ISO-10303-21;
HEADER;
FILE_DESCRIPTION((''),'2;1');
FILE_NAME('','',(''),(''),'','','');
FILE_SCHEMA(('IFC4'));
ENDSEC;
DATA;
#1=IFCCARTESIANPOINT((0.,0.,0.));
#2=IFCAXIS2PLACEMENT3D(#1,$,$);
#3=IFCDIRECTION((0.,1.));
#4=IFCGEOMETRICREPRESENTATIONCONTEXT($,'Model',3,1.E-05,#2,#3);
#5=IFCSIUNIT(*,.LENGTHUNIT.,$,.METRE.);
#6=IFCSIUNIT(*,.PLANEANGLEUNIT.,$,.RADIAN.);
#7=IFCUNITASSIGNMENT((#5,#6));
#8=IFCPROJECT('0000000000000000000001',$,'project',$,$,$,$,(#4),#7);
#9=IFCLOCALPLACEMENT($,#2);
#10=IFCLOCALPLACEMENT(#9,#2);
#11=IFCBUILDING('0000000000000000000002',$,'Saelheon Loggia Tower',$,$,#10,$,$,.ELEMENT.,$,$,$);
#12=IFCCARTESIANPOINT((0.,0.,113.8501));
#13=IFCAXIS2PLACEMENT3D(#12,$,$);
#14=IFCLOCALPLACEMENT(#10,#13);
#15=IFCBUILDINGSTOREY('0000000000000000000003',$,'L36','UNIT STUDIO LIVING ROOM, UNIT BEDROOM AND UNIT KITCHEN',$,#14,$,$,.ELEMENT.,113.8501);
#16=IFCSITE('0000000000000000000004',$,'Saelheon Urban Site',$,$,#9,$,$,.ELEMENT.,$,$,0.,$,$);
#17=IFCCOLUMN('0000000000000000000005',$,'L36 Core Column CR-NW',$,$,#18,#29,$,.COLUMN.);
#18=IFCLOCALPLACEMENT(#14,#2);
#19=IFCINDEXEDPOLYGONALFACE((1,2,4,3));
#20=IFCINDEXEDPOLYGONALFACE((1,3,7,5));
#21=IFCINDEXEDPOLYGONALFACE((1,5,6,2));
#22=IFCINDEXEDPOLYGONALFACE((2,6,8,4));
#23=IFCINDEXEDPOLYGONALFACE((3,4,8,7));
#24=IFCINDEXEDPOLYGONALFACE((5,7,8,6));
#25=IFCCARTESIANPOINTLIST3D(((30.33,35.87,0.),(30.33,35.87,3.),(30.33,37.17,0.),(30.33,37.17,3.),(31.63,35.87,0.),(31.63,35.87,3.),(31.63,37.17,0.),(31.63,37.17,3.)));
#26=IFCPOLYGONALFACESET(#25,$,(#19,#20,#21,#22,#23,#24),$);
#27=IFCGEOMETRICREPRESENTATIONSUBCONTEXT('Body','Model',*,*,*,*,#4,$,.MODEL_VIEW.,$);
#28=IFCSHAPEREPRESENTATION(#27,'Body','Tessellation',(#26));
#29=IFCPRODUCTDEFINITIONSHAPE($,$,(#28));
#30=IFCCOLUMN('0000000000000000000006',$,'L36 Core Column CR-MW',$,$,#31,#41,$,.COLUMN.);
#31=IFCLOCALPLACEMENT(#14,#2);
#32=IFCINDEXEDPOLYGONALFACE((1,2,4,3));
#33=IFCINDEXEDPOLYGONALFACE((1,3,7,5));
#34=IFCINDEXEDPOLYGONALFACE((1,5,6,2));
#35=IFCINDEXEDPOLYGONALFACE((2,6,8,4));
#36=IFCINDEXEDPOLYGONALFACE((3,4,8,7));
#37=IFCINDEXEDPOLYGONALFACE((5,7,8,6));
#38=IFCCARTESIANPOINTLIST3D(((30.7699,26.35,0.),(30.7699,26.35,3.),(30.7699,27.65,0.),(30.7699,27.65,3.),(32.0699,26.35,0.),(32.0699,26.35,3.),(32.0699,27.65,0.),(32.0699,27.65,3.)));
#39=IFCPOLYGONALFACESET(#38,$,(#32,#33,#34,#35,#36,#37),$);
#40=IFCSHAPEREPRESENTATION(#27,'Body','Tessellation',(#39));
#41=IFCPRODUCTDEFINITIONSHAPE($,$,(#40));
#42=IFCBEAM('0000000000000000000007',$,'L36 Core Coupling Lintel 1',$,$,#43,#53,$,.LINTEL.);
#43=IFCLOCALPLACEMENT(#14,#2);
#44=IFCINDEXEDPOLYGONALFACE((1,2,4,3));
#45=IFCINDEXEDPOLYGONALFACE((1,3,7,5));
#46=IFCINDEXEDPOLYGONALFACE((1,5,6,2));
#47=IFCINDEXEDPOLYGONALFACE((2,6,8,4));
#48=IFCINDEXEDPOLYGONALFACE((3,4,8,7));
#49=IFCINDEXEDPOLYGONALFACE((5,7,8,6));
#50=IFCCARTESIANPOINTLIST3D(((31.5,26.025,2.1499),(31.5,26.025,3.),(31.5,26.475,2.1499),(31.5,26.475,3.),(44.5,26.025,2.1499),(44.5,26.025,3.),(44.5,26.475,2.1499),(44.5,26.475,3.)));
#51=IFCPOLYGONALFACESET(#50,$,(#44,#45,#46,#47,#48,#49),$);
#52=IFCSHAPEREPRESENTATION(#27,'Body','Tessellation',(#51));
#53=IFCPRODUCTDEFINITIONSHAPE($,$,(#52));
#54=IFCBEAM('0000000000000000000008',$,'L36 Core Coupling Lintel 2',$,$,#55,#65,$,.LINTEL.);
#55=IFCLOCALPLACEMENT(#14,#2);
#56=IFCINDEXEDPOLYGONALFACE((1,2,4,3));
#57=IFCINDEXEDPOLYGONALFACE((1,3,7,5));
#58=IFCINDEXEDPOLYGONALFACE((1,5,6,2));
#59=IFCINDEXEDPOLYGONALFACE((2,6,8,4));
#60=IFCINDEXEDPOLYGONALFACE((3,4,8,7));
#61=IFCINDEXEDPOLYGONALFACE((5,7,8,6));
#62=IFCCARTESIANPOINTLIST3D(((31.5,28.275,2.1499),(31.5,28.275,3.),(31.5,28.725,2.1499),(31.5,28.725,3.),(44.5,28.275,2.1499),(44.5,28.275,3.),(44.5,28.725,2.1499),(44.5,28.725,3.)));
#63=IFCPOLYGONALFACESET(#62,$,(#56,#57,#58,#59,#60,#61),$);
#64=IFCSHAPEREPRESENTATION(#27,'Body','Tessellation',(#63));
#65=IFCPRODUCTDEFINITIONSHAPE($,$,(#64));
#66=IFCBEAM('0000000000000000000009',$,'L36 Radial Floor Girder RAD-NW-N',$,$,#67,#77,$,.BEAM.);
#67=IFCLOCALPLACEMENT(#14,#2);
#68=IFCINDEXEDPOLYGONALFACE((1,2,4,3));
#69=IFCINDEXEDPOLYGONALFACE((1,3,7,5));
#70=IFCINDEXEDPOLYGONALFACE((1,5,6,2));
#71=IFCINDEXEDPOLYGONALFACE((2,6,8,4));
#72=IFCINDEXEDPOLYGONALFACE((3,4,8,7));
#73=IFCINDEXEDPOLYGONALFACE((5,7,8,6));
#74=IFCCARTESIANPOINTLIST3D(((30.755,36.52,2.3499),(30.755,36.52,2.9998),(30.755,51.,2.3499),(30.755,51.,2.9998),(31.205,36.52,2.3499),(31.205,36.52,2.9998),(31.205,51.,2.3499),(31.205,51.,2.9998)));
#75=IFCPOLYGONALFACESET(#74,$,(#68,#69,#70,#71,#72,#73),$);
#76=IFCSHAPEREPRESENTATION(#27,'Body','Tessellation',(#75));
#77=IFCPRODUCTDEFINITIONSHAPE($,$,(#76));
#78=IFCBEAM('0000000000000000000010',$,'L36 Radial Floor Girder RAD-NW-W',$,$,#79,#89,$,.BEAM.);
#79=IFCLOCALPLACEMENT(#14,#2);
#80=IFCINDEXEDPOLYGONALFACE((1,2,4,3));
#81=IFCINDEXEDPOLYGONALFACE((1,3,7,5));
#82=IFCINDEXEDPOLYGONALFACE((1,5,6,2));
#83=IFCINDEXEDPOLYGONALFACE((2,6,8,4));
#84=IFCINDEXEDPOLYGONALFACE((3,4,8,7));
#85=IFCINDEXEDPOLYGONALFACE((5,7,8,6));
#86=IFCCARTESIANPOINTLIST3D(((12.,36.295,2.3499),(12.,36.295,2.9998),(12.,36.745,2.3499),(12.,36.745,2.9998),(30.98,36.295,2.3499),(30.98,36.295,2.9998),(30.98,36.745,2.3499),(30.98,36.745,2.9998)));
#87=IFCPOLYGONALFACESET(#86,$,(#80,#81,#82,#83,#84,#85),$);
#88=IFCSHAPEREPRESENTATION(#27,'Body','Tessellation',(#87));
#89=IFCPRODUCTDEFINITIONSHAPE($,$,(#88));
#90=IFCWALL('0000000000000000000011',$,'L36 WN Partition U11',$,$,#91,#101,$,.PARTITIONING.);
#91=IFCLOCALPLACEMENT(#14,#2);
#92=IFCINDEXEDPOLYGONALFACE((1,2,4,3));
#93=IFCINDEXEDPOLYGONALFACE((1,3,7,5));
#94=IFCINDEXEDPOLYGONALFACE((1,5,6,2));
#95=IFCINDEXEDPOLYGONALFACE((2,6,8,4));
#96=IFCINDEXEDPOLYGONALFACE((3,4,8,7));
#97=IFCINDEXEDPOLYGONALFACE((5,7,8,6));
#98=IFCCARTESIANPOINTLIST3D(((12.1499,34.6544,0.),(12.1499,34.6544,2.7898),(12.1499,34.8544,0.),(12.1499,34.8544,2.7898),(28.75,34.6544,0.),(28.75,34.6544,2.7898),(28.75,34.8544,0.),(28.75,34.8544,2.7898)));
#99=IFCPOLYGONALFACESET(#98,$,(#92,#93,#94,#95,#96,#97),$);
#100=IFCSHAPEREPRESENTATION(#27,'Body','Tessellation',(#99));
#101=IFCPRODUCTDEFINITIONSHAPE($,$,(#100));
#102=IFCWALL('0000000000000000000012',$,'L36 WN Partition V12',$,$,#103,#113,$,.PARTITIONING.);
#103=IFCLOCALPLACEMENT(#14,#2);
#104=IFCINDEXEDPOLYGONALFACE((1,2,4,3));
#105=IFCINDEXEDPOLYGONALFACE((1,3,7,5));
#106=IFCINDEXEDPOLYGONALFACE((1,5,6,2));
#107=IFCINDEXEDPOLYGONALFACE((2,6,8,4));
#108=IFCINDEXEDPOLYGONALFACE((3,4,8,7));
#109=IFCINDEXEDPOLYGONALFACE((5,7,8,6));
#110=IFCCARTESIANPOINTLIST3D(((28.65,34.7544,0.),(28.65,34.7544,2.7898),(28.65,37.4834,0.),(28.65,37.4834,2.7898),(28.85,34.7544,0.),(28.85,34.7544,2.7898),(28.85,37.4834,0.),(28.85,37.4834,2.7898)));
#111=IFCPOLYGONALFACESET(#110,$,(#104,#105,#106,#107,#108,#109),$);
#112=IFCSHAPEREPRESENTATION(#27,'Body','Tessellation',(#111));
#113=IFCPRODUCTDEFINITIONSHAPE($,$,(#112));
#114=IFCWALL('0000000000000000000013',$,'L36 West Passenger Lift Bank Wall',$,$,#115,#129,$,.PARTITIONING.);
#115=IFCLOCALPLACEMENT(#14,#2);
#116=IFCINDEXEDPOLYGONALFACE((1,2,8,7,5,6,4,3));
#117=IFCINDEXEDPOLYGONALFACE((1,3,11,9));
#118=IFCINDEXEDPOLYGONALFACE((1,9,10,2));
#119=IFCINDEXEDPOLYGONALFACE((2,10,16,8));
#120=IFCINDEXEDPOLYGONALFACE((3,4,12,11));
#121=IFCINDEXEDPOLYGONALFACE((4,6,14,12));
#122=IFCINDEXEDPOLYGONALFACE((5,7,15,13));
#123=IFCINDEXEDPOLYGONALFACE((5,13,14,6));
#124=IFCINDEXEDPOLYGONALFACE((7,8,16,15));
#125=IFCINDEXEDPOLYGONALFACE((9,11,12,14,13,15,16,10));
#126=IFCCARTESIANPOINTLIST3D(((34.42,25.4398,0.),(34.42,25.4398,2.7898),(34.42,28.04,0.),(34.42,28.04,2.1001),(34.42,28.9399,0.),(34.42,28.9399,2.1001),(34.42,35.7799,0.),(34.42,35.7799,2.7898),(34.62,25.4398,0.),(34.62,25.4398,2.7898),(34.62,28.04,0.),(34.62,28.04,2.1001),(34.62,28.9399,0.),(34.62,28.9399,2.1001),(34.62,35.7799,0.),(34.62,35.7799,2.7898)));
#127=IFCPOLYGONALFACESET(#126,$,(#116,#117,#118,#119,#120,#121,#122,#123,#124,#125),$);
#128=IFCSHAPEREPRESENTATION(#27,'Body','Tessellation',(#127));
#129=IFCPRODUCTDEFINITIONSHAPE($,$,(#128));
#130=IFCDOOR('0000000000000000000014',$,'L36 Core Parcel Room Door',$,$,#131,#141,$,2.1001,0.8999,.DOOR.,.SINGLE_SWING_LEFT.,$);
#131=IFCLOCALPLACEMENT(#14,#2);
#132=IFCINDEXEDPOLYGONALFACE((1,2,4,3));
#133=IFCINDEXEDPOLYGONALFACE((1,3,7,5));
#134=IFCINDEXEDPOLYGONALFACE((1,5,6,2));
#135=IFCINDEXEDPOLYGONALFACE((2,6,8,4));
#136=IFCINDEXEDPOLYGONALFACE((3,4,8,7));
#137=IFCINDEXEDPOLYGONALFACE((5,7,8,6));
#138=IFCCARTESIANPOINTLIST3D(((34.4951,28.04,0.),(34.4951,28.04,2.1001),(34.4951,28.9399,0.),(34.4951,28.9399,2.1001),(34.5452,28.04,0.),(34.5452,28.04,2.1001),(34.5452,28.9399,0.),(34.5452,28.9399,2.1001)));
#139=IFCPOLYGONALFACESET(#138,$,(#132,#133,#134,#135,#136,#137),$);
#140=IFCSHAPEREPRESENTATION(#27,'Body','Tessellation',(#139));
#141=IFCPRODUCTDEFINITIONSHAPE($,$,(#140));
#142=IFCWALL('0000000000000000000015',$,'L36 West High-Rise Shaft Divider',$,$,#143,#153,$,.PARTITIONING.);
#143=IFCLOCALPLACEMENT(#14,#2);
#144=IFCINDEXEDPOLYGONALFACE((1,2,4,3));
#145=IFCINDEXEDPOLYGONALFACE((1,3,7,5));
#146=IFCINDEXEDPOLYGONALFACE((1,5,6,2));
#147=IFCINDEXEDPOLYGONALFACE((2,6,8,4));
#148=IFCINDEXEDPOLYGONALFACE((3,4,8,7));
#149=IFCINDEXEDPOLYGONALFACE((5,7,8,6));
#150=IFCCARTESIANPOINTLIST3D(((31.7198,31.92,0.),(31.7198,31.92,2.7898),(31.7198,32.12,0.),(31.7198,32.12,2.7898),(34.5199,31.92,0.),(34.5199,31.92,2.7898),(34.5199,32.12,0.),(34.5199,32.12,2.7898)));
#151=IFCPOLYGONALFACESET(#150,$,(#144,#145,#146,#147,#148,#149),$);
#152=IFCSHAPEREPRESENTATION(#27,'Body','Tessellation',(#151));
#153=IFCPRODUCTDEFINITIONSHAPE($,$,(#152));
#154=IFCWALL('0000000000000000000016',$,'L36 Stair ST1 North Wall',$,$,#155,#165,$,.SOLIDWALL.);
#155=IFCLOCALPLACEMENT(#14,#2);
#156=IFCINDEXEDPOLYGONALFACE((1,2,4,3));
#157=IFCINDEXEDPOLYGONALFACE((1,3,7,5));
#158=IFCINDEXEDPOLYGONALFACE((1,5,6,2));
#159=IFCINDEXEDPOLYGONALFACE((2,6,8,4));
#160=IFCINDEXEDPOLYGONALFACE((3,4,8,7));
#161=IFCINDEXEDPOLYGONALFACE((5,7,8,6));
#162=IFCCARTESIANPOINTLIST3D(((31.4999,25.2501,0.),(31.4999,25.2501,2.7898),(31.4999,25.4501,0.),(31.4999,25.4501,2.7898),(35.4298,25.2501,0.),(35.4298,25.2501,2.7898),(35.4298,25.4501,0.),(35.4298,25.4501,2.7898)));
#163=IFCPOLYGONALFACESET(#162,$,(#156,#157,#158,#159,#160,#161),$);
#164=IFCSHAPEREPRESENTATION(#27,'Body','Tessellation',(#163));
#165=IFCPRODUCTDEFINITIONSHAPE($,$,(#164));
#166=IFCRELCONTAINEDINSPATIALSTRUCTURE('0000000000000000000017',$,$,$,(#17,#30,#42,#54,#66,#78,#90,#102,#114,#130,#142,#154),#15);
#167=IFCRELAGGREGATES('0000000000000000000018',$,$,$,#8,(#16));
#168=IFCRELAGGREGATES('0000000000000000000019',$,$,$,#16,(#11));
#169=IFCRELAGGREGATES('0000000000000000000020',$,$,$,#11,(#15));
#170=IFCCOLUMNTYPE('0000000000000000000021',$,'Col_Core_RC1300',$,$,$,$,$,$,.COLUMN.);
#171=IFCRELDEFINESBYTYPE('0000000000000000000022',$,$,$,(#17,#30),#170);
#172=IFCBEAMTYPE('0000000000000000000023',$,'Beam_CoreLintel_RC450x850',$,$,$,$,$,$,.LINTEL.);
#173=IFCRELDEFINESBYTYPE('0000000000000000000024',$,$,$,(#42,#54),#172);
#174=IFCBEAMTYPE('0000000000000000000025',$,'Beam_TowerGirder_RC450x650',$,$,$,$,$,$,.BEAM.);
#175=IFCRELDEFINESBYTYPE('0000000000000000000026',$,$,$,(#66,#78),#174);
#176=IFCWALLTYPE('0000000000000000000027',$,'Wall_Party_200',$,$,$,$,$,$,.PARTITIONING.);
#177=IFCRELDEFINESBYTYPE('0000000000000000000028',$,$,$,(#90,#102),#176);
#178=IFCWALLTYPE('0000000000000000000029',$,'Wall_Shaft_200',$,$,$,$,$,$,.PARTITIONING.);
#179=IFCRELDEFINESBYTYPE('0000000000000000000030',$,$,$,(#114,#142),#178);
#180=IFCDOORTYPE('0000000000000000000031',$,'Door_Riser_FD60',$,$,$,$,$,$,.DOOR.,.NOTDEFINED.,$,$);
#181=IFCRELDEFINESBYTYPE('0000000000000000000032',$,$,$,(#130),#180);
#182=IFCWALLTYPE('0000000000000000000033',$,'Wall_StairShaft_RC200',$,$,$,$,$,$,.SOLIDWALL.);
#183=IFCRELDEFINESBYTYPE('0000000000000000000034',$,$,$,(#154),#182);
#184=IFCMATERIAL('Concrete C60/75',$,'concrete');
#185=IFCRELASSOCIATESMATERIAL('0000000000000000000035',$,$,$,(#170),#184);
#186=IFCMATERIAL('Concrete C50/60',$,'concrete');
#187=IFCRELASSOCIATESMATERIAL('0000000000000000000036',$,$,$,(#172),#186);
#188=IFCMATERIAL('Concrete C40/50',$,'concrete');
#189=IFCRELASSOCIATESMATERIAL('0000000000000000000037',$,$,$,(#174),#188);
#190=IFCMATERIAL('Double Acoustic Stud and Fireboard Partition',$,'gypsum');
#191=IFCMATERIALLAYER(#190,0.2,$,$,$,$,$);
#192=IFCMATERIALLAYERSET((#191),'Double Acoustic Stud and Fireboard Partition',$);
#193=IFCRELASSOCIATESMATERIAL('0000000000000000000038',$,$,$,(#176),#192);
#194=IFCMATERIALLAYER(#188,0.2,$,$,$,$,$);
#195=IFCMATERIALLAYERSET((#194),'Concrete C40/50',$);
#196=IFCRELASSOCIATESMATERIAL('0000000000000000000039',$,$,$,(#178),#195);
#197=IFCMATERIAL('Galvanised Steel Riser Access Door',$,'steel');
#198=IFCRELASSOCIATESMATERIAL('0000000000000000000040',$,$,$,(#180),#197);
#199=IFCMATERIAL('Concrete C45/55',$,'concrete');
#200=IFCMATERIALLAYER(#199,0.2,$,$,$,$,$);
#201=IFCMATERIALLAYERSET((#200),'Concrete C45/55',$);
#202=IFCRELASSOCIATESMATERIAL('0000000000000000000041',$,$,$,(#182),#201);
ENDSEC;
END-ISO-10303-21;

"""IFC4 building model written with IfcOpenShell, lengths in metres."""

from ifc_helpers import new_model, si_unit, direction, frame, frame_2d, origin, origin_2d, place, context, subcontext, project, spatial, rectangle, extrude, source, transform, mapped, material, layer, layer_set, material_profile, profile_set, type_object, element, fill, save


model = new_model("IFC4")

# Units and contexts
model_context = context("Model", 3, precision=1e-05, world=origin(), true_north=direction((0.0, 1.0)))
body_context = subcontext(model_context, "Body", "Model", "MODEL_VIEW")
ifc_project = project(units=[si_unit("LENGTHUNIT", "METRE"), si_unit("PLANEANGLEUNIT", "RADIAN")], contexts=[model_context])

# Site, building, storey
site_placement = place(None, origin())
site = spatial("IfcSite", under=ifc_project, at=site_placement, Name="Saelheon Urban Site", CompositionType="ELEMENT", RefElevation=0.0)
building_placement = place(site_placement, origin())
building = spatial("IfcBuilding", under=site, at=building_placement, Name="Saelheon Loggia Tower", CompositionType="ELEMENT")
storey_placement = place(building_placement, frame((0.0, 0.0, 113.8501)))
storey = spatial("IfcBuildingStorey", under=building, at=storey_placement, Name="L36", Description="UNIT STUDIO LIVING ROOM, UNIT BEDROOM AND UNIT KITCHEN", CompositionType="ELEMENT", Elevation=113.8501)

# Columns
ifc_material_1 = material(Name="Concrete C60/75", Category="concrete")
ifc_material_profile_1 = material_profile(ifc_material_1, rectangle(XDim=1.3, YDim=1.3, at=origin_2d()), Name="RC-1300x1300")
ifc_profile_set_1 = profile_set([ifc_material_profile_1], Name="Concrete C60/75")
column_type = type_object("IfcColumnType", Name="Col_Core_RC1300", PredefinedType="COLUMN", material=ifc_profile_set_1)
shared_shape_1 = source(origin(), body_context, "Body", "SweptSolid", [
    extrude(rectangle(XDim=1.3, YDim=1.3, at=origin_2d()), origin(), (0.0, 0.0, 1.0), 3.0),
])
for number, where, z_axis, x_axis, name in (
    (1, (30.98, 36.52, 0.0), (0.0, 0.0, 1.0), (1.0, 0.0, 0.0), "L36 Core Column CR-NW"),
    (2, (31.4199, 27.0, 0.0), (0.0, 0.0, 1.0), (1.0, 0.0, 0.0), "L36 Core Column CR-MW"),
):
    element("IfcColumn", number, at=place(storey_placement, frame(where, z_axis=z_axis, x_axis=x_axis)), inside=storey, type_object=column_type, Name=name, PredefinedType="COLUMN", context=body_context, shape_type="MappedRepresentation", body=[
        mapped(shared_shape_1, transform((0.0, 0.0, 0.0), scale=1.0)),
    ])

# Beams
ifc_material_2 = material(Name="Concrete C50/60", Category="concrete")
ifc_material_profile_2 = material_profile(ifc_material_2, rectangle(XDim=0.45, YDim=0.8501, at=origin_2d()), Name="RC-450x850")
ifc_profile_set_2 = profile_set([ifc_material_profile_2], Name="Concrete C50/60")
beam_type_1 = type_object("IfcBeamType", Name="Beam_CoreLintel_RC450x850", PredefinedType="LINTEL", material=ifc_profile_set_2)
shared_shape_2 = source(origin(), body_context, "Body", "SweptSolid", [
    extrude(rectangle(XDim=0.45, YDim=0.8501, at=origin_2d()), origin(), (0.0, 0.0, 1.0), 13.0),
])
for number, where, z_axis, x_axis, name in (
    (3, (31.5, 26.25, 2.575), (1.0, 0.0, 0.0), (0.0, 1.0, 0.0), "L36 Core Coupling Lintel 1"),
    (4, (31.5, 28.5, 2.575), (1.0, 0.0, 0.0), (0.0, 1.0, 0.0), "L36 Core Coupling Lintel 2"),
):
    element("IfcBeam", number, at=place(storey_placement, frame(where, z_axis=z_axis, x_axis=x_axis)), inside=storey, type_object=beam_type_1, Name=name, PredefinedType="LINTEL", context=body_context, shape_type="MappedRepresentation", body=[
        mapped(shared_shape_2, transform((0.0, 0.0, 0.0), scale=1.0)),
    ])
ifc_material_3 = material(Name="Concrete C40/50", Category="concrete")
ifc_material_profile_3 = material_profile(ifc_material_3, rectangle(XDim=0.45, YDim=0.6499, at=origin_2d()), Name="RC-450x650")
ifc_profile_set_3 = profile_set([ifc_material_profile_3], Name="Concrete C40/50")
beam_type_2 = type_object("IfcBeamType", Name="Beam_TowerGirder_RC450x650", PredefinedType="BEAM", material=ifc_profile_set_3)
shared_shape_3 = source(origin(), body_context, "Body", "SweptSolid", [
    extrude(rectangle(XDim=0.45, YDim=0.6499, at=origin_2d()), origin(), (0.0, 0.0, 1.0), 14.48),
])
beam_1_placement = place(storey_placement, frame((30.98, 36.52, 2.6748), z_axis=(0.0, 1.0, 0.0), x_axis=(-1.0, 0.0, 0.0)))
element("IfcBeam", 5, at=beam_1_placement, inside=storey, type_object=beam_type_2, Name="L36 Radial Floor Girder RAD-NW-N", PredefinedType="BEAM", context=body_context, shape_type="MappedRepresentation", body=[
    mapped(shared_shape_3, transform((0.0, 0.0, 0.0), scale=1.0)),
])
shared_shape_4 = source(origin(), body_context, "Body", "SweptSolid", [
    extrude(rectangle(XDim=0.45, YDim=0.6499, at=origin_2d()), origin(), (0.0, 0.0, 1.0), 18.98),
])
beam_2_placement = place(storey_placement, frame((30.98, 36.52, 2.6748), z_axis=(-1.0, 0.0, 0.0), x_axis=(0.0, -1.0, 0.0)))
element("IfcBeam", 6, at=beam_2_placement, inside=storey, type_object=beam_type_2, Name="L36 Radial Floor Girder RAD-NW-W", PredefinedType="BEAM", context=body_context, shape_type="MappedRepresentation", body=[
    mapped(shared_shape_4, transform((0.0, 0.0, 0.0), scale=1.0)),
])

# Walls
ifc_material_4 = material(Name="Double Acoustic Stud and Fireboard Partition", Category="gypsum")
ifc_layer_1 = layer(ifc_material_4, 0.2)
ifc_layer_set_1 = layer_set([ifc_layer_1], Name="Double Acoustic Stud and Fireboard Partition")
wall_type_1 = type_object("IfcWallType", Name="Wall_Party_200", PredefinedType="PARTITIONING", material=ifc_layer_set_1)
wall_1_placement = place(storey_placement, frame((28.75, 34.7544, 0.0), z_axis=(0.0, 0.0, 1.0), x_axis=(-1.0, 0.0, 0.0)))
element("IfcWall", 7, at=wall_1_placement, inside=storey, type_object=wall_type_1, Name="L36 WN Partition U11", PredefinedType="PARTITIONING", context=body_context, shape_type="SweptSolid", body=[
    extrude(rectangle(XDim=16.6001, YDim=0.2, at=frame_2d((8.3, 0.0))), origin(), (0.0, 0.0, 1.0), 2.7898),
])
wall_2_placement = place(storey_placement, frame((28.75, 34.7544, 0.0), z_axis=(0.0, 0.0, 1.0), x_axis=(0.0, 1.0, 0.0)))
element("IfcWall", 8, at=wall_2_placement, inside=storey, type_object=wall_type_1, Name="L36 WN Partition V12", PredefinedType="PARTITIONING", context=body_context, shape_type="SweptSolid", body=[
    extrude(rectangle(XDim=2.729, YDim=0.2, at=frame_2d((1.3645, 0.0))), origin(), (0.0, 0.0, 1.0), 2.7898),
])

# Wall, opening, door
ifc_layer_2 = layer(ifc_material_3, 0.2)
ifc_layer_set_2 = layer_set([ifc_layer_2], Name="Concrete C40/50")
wall_type_2 = type_object("IfcWallType", Name="Wall_Shaft_200", PredefinedType="PARTITIONING", material=ifc_layer_set_2)
wall_3_placement = place(storey_placement, frame((34.52, 25.4399, 0.0), z_axis=(0.0, 0.0, 1.0), x_axis=(0.0, 1.0, 0.0)))
wall_3 = element("IfcWall", 9, at=wall_3_placement, inside=storey, type_object=wall_type_2, Name="L36 West Passenger Lift Bank Wall", PredefinedType="PARTITIONING", context=body_context, shape_type="SweptSolid", body=[
    extrude(rectangle(XDim=10.3401, YDim=0.2, at=frame_2d((5.1699, 0.0))), origin(), (0.0, 0.0, 1.0), 2.7898),
])
opening_1_placement = place(wall_3_placement, frame((2.6001, 0.0, 0.0)))
opening_1 = element("IfcOpeningElement", 10, at=opening_1_placement, cuts=wall_3, PredefinedType="OPENING", context=body_context, shape_type="SweptSolid", body=[
    extrude(rectangle(XDim=0.8999, YDim=2.1001, at=frame_2d((0.45, 1.05))), frame((0.0, 0.1121, 0.0), z_axis=(0.0, -1.0, 0.0), x_axis=(1.0, 0.0, 0.0)), (0.0, 0.0, 1.0), 0.2239),
])
ifc_material_5 = material(Name="Galvanised Steel Riser Access Door", Category="steel")
door_type_1 = type_object("IfcDoorType", Name="Door_Riser_FD60", OperationType="NOTDEFINED", PredefinedType="DOOR", material=ifc_material_5)
shared_shape_5 = source(origin(), body_context, "Body", "SweptSolid", [
    extrude(rectangle(XDim=0.8999, YDim=2.1001, at=frame_2d((0.45, 1.05))), frame((0.0, 0.0249, 0.0), z_axis=(0.0, -1.0, 0.0), x_axis=(1.0, 0.0, 0.0)), (0.0, 0.0, 1.0), 0.05),
])
door_1_placement = place(opening_1_placement, origin())
door_1 = element("IfcDoor", 11, at=door_1_placement, inside=storey, type_object=door_type_1, Name="L36 Core Parcel Room Door", OperationType="SINGLE_SWING_LEFT", OverallHeight=2.1001, OverallWidth=0.8999, PredefinedType="DOOR", context=body_context, shape_type="MappedRepresentation", body=[
    mapped(shared_shape_5, transform((0.0, 0.0, 0.0), scale=1.0)),
])
fill(opening_1, door_1)

# Walls
wall_4_placement = place(storey_placement, frame((31.72, 32.02, 0.0), z_axis=(0.0, 0.0, 1.0), x_axis=(1.0, 0.0, 0.0)))
element("IfcWall", 12, at=wall_4_placement, inside=storey, type_object=wall_type_2, Name="L36 West High-Rise Shaft Divider", PredefinedType="PARTITIONING", context=body_context, shape_type="SweptSolid", body=[
    extrude(rectangle(XDim=2.8, YDim=0.2, at=frame_2d((1.3999, 0.0))), origin(), (0.0, 0.0, 1.0), 2.7898),
])
ifc_material_6 = material(Name="Concrete C45/55", Category="concrete")
ifc_layer_3 = layer(ifc_material_6, 0.2)
ifc_layer_set_3 = layer_set([ifc_layer_3], Name="Concrete C45/55")
wall_type_3 = type_object("IfcWallType", Name="Wall_StairShaft_RC200", PredefinedType="SOLIDWALL", material=ifc_layer_set_3)
wall_5_placement = place(storey_placement, frame((31.5, 25.3501, 0.0), z_axis=(0.0, 0.0, 1.0), x_axis=(1.0, 0.0, 0.0)))
element("IfcWall", 13, at=wall_5_placement, inside=storey, type_object=wall_type_3, Name="L36 Stair ST1 North Wall", PredefinedType="SOLIDWALL", context=body_context, shape_type="SweptSolid", body=[
    extrude(rectangle(XDim=3.9299, YDim=0.2, at=frame_2d((1.9648, 0.0))), origin(), (0.0, 0.0, 1.0), 2.7898),
])

save(model, "model.ifc")
